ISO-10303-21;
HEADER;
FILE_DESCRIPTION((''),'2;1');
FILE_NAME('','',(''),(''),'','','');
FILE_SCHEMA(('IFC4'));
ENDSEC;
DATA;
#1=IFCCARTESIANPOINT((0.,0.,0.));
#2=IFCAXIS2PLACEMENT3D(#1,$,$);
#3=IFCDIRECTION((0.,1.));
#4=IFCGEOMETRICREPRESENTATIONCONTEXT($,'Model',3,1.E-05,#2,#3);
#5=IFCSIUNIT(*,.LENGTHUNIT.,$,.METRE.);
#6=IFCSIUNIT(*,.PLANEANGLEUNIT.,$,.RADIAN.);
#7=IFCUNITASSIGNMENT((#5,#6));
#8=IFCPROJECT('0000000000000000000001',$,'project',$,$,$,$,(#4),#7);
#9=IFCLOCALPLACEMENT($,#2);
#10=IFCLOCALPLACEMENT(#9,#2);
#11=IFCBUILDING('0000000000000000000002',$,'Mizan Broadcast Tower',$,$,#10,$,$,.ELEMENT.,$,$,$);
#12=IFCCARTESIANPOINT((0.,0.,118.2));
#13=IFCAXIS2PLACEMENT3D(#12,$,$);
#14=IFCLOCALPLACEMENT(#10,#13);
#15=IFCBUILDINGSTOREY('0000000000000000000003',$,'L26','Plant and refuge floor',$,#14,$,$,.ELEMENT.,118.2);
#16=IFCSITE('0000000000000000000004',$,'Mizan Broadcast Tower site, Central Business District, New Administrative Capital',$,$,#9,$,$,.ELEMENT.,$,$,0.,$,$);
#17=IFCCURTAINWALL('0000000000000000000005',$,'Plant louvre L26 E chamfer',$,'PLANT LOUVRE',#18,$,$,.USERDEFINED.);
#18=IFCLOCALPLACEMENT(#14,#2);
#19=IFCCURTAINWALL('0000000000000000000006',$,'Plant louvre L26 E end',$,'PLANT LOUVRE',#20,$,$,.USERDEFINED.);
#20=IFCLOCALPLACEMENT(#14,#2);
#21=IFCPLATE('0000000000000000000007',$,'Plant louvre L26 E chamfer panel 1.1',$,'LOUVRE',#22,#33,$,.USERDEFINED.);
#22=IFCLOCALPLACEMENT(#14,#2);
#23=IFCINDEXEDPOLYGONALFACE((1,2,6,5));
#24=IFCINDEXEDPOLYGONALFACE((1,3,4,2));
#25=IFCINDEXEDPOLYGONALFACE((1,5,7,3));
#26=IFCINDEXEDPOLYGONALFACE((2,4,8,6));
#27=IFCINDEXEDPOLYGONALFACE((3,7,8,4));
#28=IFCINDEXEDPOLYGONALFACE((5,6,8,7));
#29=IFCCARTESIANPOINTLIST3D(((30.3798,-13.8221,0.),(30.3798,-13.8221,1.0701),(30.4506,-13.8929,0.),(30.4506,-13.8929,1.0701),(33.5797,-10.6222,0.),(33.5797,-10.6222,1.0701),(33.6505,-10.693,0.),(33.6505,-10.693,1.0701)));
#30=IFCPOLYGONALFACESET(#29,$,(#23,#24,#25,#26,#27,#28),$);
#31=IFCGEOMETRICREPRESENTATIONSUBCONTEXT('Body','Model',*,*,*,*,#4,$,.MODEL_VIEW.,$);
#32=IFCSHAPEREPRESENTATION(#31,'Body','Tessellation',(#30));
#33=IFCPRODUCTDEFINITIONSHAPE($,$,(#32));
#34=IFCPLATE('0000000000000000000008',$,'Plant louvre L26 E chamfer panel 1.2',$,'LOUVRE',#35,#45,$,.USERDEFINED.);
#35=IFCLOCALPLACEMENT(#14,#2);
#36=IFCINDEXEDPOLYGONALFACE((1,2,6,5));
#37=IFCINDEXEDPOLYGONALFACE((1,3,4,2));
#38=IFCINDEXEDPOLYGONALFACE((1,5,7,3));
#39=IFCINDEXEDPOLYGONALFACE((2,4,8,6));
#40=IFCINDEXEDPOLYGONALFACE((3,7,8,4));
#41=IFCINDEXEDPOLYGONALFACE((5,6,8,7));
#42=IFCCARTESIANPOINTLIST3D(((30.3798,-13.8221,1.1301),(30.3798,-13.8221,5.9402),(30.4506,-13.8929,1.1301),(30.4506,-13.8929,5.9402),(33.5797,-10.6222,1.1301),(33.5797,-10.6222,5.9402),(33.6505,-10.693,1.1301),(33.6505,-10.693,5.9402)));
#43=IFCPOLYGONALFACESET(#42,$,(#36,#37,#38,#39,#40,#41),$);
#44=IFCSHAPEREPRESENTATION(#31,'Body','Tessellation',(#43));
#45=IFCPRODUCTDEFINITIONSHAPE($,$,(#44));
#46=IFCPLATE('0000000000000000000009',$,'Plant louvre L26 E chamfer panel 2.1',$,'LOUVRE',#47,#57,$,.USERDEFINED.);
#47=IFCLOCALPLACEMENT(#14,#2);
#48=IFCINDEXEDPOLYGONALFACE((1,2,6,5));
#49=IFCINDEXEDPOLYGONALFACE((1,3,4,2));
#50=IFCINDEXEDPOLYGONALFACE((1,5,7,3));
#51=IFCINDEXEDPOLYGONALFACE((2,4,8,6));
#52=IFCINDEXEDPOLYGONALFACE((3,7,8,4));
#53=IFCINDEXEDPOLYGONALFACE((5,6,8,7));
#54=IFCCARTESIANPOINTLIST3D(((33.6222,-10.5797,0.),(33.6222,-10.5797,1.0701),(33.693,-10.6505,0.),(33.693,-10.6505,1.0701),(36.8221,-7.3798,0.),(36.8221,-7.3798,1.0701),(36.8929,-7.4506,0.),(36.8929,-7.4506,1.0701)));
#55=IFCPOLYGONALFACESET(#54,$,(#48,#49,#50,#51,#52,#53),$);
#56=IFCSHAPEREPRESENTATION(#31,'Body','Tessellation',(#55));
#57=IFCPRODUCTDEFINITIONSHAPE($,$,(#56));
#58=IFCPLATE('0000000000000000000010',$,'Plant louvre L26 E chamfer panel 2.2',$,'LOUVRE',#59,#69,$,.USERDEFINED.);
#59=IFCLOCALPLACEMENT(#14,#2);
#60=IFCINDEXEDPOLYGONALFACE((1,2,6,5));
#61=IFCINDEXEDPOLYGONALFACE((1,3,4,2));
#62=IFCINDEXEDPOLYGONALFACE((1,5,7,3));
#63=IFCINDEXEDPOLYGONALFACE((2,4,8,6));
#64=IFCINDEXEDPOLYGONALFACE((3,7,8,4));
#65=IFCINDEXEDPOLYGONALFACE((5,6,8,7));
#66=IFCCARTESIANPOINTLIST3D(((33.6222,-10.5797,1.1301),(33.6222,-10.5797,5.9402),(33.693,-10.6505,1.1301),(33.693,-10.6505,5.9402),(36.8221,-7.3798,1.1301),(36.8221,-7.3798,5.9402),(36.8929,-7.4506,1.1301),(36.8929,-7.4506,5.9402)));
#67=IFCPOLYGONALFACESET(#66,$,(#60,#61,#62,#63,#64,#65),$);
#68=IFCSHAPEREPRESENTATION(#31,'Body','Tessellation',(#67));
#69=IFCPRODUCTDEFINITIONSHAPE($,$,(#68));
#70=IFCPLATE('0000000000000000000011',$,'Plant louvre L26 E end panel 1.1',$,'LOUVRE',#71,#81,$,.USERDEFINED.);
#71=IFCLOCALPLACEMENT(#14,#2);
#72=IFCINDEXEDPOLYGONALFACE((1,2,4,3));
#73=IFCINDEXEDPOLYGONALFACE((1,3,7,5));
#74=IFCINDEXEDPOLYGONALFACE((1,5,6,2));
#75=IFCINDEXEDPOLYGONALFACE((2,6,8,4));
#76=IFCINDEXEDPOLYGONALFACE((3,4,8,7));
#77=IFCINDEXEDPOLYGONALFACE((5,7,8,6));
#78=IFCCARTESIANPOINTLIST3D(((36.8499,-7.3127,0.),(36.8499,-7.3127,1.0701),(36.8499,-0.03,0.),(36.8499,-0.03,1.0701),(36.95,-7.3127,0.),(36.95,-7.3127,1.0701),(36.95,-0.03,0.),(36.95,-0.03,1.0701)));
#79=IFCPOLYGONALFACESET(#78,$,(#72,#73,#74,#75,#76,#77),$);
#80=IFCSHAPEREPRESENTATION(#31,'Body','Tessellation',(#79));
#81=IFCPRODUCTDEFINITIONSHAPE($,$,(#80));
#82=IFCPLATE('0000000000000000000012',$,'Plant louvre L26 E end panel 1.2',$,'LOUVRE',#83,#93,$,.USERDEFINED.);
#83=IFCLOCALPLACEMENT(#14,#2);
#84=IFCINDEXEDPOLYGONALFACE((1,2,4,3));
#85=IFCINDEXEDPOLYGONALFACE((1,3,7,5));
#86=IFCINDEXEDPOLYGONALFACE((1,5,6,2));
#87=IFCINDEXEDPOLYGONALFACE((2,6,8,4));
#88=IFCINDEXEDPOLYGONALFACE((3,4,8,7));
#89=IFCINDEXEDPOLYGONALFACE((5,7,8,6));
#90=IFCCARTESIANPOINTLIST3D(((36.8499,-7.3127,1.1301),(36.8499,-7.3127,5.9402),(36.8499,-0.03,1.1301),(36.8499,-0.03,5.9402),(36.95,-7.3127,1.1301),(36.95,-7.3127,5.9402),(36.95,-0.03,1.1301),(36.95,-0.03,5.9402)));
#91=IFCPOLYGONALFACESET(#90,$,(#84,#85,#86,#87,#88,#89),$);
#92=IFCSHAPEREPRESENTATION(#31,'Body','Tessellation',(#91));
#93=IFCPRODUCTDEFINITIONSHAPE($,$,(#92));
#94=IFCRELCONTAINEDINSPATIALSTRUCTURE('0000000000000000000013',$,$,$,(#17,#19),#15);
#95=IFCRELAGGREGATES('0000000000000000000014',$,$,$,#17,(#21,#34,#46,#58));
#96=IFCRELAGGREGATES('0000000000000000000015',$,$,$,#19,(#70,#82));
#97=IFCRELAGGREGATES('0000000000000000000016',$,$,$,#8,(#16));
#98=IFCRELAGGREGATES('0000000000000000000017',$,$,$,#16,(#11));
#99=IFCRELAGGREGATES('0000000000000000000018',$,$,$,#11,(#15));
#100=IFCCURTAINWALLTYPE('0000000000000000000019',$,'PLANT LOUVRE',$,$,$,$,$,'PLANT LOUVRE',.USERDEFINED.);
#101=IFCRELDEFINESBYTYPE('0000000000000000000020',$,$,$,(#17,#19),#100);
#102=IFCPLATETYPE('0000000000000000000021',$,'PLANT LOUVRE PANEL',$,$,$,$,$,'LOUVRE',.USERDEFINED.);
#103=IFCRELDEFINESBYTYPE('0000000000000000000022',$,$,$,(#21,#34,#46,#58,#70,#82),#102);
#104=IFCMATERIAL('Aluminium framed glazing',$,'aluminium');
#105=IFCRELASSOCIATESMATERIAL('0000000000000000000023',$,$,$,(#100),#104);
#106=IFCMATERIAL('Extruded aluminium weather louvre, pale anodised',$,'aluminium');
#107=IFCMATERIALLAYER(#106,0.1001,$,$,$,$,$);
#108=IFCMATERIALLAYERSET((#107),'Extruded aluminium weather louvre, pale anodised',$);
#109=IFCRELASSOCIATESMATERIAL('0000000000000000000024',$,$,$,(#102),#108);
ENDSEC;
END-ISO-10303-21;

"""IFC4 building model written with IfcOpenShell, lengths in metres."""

from ifc_helpers import new_model, si_unit, direction, frame, origin, origin_2d, place, context, subcontext, project, spatial, rectangle, extrude, material, layer, layer_set, type_object, element, aggregate, save


model = new_model("IFC4")

# Units and contexts
model_context = context("Model", 3, precision=1e-05, world=origin(), true_north=direction((0.0, 1.0)))
body_context = subcontext(model_context, "Body", "Model", "MODEL_VIEW")
ifc_project = project(units=[si_unit("LENGTHUNIT", "METRE"), si_unit("PLANEANGLEUNIT", "RADIAN")], contexts=[model_context])

# Site, building, storey
site_placement = place(None, origin())
site = spatial("IfcSite", under=ifc_project, at=site_placement, Name="Mizan Broadcast Tower site, Central Business District, New Administrative Capital", CompositionType="ELEMENT", RefElevation=0.0)
building_placement = place(site_placement, origin())
building = spatial("IfcBuilding", under=site, at=building_placement, Name="Mizan Broadcast Tower", CompositionType="ELEMENT")
storey_placement = place(building_placement, frame((0.0, 0.0, 118.2)))
storey = spatial("IfcBuildingStorey", under=building, at=storey_placement, Name="L26", Description="Plant and refuge floor", CompositionType="ELEMENT", Elevation=118.2)

# Curtain walls
ifc_material_1 = material(Name="Aluminium framed glazing", Category="aluminium")
curtain_wall_type = type_object("IfcCurtainWallType", Name="PLANT LOUVRE", ElementType="PLANT LOUVRE", PredefinedType="USERDEFINED", material=ifc_material_1)
curtain_wall_1_placement = place(storey_placement, origin())
curtain_wall_1 = element("IfcCurtainWall", 1, at=curtain_wall_1_placement, inside=storey, type_object=curtain_wall_type, Name="Plant louvre L26 E chamfer", ObjectType="PLANT LOUVRE", PredefinedType="USERDEFINED")
curtain_wall_2_placement = place(storey_placement, origin())
curtain_wall_2 = element("IfcCurtainWall", 2, at=curtain_wall_2_placement, inside=storey, type_object=curtain_wall_type, Name="Plant louvre L26 E end", ObjectType="PLANT LOUVRE", PredefinedType="USERDEFINED")

# Plates
ifc_material_2 = material(Name="Extruded aluminium weather louvre, pale anodised", Category="aluminium")
ifc_layer = layer(ifc_material_2, 0.1001)
ifc_layer_set = layer_set([ifc_layer], Name="Extruded aluminium weather louvre, pale anodised")
plate_type = type_object("IfcPlateType", Name="PLANT LOUVRE PANEL", ElementType="LOUVRE", PredefinedType="USERDEFINED", material=ifc_layer_set)
plate_1_placement = place(storey_placement, frame((32.0151, -12.2576, 0.0), z_axis=(0.0, 0.0, 1.0), x_axis=(0.707107, 0.707107, 0.0)))
plate_1 = element("IfcPlate", 3, at=plate_1_placement, type_object=plate_type, Name="Plant louvre L26 E chamfer panel 1.1", ObjectType="LOUVRE", PredefinedType="USERDEFINED", context=body_context, shape_type="SweptSolid", body=[
    extrude(rectangle(XDim=4.5254, YDim=0.1001, at=origin_2d()), origin(), (0.0, 0.0, 1.0), 1.0701),
])
plate_2_placement = place(storey_placement, frame((32.0151, -12.2576, 1.1301), z_axis=(0.0, 0.0, 1.0), x_axis=(0.707107, 0.707107, 0.0)))
plate_2 = element("IfcPlate", 4, at=plate_2_placement, type_object=plate_type, Name="Plant louvre L26 E chamfer panel 1.2", ObjectType="LOUVRE", PredefinedType="USERDEFINED", context=body_context, shape_type="SweptSolid", body=[
    extrude(rectangle(XDim=4.5254, YDim=0.1001, at=origin_2d()), origin(), (0.0, 0.0, 1.0), 4.8101),
])
plate_3_placement = place(storey_placement, frame((35.2576, -9.0151, 0.0), z_axis=(0.0, 0.0, 1.0), x_axis=(0.707107, 0.707107, 0.0)))
plate_3 = element("IfcPlate", 5, at=plate_3_placement, type_object=plate_type, Name="Plant louvre L26 E chamfer panel 2.1", ObjectType="LOUVRE", PredefinedType="USERDEFINED", context=body_context, shape_type="SweptSolid", body=[
    extrude(rectangle(XDim=4.5254, YDim=0.1001, at=origin_2d()), origin(), (0.0, 0.0, 1.0), 1.0701),
])
plate_4_placement = place(storey_placement, frame((35.2576, -9.0151, 1.1301), z_axis=(0.0, 0.0, 1.0), x_axis=(0.707107, 0.707107, 0.0)))
plate_4 = element("IfcPlate", 6, at=plate_4_placement, type_object=plate_type, Name="Plant louvre L26 E chamfer panel 2.2", ObjectType="LOUVRE", PredefinedType="USERDEFINED", context=body_context, shape_type="SweptSolid", body=[
    extrude(rectangle(XDim=4.5254, YDim=0.1001, at=origin_2d()), origin(), (0.0, 0.0, 1.0), 4.8101),
])
aggregate(curtain_wall_1, [plate_1, plate_2, plate_3, plate_4])
plate_5_placement = place(storey_placement, frame((36.8999, -3.6714, 0.0), z_axis=(0.0, 0.0, 1.0), x_axis=(0.0, 1.0, 0.0)))
plate_5 = element("IfcPlate", 7, at=plate_5_placement, type_object=plate_type, Name="Plant louvre L26 E end panel 1.1", ObjectType="LOUVRE", PredefinedType="USERDEFINED", context=body_context, shape_type="SweptSolid", body=[
    extrude(rectangle(XDim=7.2827, YDim=0.1001, at=origin_2d()), origin(), (0.0, 0.0, 1.0), 1.0701),
])
plate_6_placement = place(storey_placement, frame((36.8999, -3.6714, 1.1301), z_axis=(0.0, 0.0, 1.0), x_axis=(0.0, 1.0, 0.0)))
plate_6 = element("IfcPlate", 8, at=plate_6_placement, type_object=plate_type, Name="Plant louvre L26 E end panel 1.2", ObjectType="LOUVRE", PredefinedType="USERDEFINED", context=body_context, shape_type="SweptSolid", body=[
    extrude(rectangle(XDim=7.2827, YDim=0.1001, at=origin_2d()), origin(), (0.0, 0.0, 1.0), 4.8101),
])
aggregate(curtain_wall_2, [plate_5, plate_6])

save(model, "model.ifc")
